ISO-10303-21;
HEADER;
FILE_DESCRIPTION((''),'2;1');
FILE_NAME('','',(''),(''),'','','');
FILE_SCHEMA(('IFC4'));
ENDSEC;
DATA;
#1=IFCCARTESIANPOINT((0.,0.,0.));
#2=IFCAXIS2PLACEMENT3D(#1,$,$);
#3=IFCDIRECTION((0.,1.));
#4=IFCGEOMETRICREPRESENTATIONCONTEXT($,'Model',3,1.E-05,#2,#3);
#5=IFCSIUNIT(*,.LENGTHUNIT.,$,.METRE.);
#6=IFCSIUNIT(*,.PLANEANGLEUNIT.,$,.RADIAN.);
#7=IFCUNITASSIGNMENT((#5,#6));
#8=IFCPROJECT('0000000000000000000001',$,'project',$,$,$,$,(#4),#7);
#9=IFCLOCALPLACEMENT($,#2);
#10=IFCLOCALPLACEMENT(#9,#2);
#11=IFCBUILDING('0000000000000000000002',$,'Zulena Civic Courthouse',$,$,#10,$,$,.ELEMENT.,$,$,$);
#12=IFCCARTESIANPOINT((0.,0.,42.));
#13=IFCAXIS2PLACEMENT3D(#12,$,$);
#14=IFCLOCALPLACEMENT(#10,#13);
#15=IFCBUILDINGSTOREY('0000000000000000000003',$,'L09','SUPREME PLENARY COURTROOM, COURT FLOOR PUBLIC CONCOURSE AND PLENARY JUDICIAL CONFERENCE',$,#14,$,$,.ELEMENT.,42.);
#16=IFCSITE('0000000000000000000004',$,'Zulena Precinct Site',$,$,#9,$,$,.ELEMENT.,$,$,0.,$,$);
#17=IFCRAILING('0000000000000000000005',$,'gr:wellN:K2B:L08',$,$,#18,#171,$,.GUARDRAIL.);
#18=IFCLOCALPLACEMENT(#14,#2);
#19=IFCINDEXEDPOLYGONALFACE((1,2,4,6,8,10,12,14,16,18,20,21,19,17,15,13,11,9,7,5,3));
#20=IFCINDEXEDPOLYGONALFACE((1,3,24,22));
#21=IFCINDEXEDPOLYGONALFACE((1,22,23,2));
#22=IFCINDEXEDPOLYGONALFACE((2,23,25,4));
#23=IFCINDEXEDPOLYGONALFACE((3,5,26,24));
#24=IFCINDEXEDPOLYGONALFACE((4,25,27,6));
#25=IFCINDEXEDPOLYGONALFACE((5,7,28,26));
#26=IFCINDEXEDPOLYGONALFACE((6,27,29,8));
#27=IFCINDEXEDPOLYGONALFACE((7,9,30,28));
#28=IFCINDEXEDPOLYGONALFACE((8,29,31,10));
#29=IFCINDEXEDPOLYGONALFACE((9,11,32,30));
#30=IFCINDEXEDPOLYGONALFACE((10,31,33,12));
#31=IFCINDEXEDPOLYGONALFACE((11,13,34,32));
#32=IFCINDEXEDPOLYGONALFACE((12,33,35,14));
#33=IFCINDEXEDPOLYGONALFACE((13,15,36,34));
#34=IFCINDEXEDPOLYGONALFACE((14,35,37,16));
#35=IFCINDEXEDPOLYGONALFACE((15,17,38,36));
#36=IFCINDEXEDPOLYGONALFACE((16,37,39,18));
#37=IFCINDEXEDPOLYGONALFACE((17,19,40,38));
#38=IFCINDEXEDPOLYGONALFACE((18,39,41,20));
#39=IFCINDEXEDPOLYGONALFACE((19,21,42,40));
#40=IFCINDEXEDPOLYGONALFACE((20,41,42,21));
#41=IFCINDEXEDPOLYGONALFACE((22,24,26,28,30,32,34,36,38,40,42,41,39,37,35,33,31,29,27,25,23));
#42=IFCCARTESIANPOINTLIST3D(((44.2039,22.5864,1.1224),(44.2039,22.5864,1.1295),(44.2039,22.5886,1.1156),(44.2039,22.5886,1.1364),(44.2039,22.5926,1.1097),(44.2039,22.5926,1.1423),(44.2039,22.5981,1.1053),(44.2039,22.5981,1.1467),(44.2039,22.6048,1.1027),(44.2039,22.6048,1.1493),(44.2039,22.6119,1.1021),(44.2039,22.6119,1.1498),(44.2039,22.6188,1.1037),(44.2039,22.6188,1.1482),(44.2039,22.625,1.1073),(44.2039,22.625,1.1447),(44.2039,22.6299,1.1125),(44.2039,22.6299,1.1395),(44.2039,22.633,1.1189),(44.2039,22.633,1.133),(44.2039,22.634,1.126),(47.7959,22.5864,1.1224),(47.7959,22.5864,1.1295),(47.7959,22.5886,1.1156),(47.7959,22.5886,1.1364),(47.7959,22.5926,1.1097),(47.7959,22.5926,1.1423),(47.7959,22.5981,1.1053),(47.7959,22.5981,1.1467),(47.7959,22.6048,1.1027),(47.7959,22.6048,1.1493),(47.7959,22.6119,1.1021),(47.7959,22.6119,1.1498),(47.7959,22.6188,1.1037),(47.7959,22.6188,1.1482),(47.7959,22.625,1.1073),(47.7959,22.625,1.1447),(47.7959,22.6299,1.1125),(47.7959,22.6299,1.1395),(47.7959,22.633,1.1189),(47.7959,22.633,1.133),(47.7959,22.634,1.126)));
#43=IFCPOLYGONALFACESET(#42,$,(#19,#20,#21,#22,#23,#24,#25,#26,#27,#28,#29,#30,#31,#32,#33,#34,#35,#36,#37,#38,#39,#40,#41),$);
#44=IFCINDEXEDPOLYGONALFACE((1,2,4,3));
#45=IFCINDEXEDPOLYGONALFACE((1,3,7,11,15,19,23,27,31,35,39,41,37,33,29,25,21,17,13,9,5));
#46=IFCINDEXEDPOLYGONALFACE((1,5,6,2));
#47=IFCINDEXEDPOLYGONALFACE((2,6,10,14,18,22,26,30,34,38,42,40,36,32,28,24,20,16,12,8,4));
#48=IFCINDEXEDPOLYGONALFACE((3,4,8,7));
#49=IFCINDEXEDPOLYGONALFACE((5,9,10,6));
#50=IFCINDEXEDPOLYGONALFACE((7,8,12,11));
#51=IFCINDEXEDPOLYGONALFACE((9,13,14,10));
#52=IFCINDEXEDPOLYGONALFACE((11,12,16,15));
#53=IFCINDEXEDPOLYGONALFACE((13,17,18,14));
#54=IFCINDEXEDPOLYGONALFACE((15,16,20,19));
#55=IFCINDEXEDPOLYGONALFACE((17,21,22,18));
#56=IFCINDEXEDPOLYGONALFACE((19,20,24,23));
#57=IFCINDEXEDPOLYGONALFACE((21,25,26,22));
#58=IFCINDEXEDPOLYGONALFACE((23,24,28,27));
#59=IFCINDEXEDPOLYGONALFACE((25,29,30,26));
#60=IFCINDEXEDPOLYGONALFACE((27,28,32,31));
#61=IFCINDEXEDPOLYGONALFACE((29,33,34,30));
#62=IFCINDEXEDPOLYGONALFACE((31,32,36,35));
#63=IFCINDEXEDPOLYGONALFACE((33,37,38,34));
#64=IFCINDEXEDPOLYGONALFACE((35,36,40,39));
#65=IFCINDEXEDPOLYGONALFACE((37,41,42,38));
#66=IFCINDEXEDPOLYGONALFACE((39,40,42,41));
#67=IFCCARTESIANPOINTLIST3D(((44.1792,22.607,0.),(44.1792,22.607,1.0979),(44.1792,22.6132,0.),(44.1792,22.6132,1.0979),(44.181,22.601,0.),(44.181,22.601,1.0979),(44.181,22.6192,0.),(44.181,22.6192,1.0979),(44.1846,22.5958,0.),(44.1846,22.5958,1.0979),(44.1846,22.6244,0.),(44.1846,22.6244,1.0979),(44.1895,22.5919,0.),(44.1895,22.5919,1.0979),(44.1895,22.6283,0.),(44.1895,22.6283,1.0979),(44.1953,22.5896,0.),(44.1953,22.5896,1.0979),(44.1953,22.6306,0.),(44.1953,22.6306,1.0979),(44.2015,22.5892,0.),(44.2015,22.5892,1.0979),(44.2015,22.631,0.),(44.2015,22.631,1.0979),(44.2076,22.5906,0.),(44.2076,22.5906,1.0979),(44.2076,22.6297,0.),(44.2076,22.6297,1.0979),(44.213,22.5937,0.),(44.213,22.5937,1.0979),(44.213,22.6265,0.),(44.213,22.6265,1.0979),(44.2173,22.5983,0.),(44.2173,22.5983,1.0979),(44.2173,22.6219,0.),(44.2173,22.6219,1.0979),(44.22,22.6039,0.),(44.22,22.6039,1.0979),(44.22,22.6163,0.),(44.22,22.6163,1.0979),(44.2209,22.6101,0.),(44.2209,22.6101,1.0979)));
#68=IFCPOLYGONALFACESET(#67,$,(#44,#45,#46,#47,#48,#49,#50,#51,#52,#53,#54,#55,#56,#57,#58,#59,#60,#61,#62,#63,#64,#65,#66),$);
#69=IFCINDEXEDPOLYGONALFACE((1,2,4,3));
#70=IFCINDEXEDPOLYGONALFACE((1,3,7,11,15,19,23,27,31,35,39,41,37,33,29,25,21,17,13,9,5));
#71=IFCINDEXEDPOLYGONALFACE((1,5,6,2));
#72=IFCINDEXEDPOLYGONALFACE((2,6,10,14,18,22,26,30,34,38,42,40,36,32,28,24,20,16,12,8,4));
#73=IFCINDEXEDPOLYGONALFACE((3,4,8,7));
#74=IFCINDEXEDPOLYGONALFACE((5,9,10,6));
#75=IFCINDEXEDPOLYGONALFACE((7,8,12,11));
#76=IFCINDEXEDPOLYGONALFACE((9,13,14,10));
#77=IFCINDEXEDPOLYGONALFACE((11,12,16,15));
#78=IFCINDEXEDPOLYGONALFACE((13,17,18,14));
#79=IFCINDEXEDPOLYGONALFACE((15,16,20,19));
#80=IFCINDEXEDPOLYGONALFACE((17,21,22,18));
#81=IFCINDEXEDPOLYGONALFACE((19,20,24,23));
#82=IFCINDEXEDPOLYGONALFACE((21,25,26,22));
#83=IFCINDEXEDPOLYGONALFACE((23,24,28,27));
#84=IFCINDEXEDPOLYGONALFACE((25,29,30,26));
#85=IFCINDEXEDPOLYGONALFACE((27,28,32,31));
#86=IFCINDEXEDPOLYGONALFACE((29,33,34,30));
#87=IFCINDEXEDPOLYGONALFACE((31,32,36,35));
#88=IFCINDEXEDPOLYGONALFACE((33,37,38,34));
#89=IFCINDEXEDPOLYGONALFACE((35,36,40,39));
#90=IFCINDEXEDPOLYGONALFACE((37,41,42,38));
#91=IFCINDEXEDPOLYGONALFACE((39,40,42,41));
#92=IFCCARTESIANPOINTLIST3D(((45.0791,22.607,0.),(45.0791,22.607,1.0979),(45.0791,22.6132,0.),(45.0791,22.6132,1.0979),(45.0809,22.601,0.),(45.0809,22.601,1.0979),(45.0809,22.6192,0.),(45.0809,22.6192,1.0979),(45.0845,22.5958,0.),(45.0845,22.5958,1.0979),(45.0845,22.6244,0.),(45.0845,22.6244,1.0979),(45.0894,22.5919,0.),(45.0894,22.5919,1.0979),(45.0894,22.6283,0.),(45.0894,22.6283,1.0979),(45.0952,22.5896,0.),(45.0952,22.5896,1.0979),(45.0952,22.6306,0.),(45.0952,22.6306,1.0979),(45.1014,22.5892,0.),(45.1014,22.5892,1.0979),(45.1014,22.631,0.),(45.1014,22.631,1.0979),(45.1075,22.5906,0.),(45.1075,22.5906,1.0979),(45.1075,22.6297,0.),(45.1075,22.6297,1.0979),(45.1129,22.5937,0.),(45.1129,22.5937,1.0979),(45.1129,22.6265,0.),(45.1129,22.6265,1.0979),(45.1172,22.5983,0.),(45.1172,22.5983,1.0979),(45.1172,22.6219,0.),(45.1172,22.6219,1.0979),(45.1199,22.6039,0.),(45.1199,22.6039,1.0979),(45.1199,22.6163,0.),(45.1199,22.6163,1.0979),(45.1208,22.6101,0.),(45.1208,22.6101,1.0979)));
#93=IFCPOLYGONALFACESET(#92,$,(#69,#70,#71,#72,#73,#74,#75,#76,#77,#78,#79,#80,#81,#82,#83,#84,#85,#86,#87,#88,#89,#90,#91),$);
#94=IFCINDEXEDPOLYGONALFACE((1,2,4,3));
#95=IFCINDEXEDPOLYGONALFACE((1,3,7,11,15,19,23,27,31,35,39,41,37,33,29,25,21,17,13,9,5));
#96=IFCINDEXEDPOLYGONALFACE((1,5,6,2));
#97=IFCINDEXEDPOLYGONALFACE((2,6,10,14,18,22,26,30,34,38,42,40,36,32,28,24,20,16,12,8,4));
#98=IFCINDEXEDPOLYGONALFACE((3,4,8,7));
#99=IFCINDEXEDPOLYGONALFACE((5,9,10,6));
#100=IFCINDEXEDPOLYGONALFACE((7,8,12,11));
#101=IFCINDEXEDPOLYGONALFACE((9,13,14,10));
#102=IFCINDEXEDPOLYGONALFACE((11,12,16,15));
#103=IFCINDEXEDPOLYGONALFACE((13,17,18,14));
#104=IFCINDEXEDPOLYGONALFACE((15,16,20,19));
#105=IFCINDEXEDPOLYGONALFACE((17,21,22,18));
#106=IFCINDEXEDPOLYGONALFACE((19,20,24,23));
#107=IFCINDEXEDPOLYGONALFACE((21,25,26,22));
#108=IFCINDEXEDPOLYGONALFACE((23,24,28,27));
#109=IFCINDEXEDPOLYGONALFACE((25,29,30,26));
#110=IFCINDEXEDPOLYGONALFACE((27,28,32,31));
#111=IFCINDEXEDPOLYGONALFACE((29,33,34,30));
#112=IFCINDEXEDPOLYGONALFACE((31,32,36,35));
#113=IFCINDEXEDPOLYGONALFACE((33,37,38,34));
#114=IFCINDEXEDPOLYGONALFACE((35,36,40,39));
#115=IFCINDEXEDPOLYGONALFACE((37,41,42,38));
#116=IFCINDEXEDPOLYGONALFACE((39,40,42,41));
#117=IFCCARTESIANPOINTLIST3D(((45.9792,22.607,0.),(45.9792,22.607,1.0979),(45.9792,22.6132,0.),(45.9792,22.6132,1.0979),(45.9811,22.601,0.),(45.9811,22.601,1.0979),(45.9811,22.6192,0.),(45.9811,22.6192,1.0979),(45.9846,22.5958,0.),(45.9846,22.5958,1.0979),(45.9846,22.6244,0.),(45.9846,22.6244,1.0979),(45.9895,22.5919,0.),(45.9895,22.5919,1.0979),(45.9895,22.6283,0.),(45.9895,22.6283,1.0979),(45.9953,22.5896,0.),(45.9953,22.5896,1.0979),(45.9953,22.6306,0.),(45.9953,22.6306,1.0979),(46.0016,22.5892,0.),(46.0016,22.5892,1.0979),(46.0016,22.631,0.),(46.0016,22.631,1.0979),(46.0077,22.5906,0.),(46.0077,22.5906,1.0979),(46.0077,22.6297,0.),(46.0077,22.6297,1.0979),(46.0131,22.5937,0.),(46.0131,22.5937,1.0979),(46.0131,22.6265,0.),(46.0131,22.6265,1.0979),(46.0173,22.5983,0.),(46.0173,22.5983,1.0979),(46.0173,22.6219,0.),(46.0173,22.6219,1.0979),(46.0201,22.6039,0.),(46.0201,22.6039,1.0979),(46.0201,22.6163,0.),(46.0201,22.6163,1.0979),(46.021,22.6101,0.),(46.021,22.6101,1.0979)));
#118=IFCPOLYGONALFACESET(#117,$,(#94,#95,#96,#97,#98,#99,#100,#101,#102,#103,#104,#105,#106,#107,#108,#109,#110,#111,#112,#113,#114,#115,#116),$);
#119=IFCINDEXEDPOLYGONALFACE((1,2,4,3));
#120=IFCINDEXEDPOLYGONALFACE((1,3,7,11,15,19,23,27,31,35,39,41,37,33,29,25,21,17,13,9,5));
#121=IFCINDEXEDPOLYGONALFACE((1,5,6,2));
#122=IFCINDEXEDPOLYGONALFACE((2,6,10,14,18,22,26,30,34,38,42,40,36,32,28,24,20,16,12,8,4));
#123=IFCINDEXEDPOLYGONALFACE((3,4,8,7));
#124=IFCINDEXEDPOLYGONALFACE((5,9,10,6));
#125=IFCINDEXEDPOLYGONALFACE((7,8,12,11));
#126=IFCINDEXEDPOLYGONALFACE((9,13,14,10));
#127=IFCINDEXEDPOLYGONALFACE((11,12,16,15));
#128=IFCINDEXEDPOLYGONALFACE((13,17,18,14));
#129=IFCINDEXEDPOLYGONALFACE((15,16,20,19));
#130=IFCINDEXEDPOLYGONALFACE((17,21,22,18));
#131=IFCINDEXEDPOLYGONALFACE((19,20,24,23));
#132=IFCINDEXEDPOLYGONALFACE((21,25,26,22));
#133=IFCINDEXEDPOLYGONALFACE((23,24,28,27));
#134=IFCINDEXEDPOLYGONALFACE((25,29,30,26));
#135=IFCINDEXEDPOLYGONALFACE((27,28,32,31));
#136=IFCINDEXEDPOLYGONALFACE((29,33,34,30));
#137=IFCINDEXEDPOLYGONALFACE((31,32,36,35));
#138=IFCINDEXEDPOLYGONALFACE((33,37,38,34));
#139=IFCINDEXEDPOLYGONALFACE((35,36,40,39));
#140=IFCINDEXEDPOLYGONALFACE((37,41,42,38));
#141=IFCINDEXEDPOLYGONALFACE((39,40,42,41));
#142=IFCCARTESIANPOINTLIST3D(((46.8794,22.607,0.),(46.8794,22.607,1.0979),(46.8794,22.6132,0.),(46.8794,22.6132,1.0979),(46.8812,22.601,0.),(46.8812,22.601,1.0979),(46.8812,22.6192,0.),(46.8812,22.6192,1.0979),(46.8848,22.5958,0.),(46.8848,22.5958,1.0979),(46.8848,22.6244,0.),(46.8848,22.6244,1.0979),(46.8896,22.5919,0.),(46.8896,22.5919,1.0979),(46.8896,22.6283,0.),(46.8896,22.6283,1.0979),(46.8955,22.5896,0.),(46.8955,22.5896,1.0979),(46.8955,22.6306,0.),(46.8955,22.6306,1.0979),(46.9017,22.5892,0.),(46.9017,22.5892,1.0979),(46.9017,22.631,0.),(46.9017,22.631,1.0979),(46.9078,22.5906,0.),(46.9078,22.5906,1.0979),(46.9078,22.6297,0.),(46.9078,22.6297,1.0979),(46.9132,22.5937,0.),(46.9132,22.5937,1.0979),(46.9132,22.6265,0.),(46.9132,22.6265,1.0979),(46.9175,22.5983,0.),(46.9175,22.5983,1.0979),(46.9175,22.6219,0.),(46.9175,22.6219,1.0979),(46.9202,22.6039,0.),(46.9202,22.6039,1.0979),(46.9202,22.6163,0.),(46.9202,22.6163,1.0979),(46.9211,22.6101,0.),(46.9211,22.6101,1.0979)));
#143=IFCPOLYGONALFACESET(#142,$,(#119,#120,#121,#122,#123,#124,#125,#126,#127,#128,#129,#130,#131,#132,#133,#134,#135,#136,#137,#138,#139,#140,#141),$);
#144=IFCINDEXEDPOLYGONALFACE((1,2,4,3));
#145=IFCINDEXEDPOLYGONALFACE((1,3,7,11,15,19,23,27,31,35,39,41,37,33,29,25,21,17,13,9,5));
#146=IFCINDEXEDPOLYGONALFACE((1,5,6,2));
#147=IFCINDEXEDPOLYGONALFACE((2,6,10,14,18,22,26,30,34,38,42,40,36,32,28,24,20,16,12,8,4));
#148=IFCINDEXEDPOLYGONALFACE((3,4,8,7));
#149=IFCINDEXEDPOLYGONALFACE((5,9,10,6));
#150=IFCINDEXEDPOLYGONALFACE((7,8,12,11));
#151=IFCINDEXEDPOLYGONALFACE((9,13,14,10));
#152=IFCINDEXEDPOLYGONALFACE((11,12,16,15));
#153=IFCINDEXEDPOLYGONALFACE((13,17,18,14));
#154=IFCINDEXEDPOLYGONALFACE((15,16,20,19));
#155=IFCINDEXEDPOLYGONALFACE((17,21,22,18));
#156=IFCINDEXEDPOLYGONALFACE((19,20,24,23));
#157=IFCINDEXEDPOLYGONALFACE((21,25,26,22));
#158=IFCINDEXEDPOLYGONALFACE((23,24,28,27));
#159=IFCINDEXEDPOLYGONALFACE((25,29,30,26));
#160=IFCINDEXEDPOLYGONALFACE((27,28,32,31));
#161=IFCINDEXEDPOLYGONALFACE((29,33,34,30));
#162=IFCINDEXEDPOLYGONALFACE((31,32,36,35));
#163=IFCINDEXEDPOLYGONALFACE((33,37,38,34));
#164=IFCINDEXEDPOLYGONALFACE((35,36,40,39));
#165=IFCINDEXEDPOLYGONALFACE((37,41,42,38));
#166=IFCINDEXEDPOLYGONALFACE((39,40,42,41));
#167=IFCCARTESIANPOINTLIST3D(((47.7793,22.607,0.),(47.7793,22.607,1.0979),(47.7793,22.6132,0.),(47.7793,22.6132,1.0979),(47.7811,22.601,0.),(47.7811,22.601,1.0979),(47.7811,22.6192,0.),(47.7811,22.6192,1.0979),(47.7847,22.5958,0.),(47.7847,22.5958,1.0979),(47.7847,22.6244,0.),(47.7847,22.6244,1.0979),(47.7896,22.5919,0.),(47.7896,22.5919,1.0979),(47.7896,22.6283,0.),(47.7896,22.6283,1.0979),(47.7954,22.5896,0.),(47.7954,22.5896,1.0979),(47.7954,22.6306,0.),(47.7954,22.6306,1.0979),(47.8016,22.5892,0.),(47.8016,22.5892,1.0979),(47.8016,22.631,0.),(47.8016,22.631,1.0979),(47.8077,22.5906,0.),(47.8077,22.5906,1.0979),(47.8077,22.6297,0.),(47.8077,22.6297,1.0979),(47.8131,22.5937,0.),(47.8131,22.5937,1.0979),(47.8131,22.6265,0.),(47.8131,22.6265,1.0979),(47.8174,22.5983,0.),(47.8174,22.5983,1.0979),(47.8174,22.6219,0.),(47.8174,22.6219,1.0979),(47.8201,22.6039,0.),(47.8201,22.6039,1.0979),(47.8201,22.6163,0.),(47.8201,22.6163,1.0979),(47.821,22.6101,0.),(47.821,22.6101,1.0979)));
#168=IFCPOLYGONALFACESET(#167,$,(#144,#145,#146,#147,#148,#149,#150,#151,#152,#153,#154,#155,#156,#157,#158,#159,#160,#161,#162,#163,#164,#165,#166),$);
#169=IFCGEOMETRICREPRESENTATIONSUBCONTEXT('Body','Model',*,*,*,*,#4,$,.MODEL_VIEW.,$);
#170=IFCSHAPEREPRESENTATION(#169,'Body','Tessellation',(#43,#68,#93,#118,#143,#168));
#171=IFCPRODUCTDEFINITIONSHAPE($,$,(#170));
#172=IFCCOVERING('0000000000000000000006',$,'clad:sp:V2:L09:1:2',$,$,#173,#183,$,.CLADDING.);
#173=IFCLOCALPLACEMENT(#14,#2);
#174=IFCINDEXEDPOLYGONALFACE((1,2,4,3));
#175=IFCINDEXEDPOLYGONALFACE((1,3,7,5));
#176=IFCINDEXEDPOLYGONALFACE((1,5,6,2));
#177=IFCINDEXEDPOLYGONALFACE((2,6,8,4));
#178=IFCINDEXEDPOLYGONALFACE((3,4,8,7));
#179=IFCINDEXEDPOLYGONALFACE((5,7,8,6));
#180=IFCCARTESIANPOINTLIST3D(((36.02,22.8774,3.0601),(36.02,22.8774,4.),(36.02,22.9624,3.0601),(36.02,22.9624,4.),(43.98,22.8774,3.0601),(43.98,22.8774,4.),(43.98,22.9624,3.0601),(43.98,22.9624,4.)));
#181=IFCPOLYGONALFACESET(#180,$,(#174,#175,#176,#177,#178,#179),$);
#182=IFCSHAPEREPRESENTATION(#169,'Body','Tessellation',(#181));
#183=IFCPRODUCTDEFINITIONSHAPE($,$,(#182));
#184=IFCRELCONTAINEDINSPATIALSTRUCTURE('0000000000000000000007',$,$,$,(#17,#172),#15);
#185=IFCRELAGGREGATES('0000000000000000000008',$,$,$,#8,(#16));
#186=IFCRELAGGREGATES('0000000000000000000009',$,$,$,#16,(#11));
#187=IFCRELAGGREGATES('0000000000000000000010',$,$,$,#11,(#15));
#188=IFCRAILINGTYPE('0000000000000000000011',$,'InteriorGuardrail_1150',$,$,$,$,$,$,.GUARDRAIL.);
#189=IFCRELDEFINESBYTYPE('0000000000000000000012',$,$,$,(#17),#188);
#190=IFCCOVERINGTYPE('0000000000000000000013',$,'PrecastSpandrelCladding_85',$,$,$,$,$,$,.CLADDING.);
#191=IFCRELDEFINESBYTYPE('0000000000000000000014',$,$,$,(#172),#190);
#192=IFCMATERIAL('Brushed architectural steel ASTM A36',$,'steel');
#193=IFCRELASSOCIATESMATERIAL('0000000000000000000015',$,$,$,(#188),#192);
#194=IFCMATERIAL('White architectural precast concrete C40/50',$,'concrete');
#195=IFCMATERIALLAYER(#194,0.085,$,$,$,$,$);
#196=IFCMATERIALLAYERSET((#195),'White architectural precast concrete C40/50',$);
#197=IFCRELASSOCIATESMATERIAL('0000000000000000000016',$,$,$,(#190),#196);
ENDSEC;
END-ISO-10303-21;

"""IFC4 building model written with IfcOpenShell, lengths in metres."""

from ifc_helpers import new_model, si_unit, direction, frame, origin, origin_2d, place, context, subcontext, project, spatial, rectangle, circle, extrude, material, layer, layer_set, type_object, element, save


model = new_model("IFC4")

# Units and contexts
model_context = context("Model", 3, precision=1e-05, world=origin(), true_north=direction((0.0, 1.0)))
body_context = subcontext(model_context, "Body", "Model", "MODEL_VIEW")
ifc_project = project(units=[si_unit("LENGTHUNIT", "METRE"), si_unit("PLANEANGLEUNIT", "RADIAN")], contexts=[model_context])

# Site, building, storey
site_placement = place(None, origin())
site = spatial("IfcSite", under=ifc_project, at=site_placement, Name="Zulena Precinct Site", CompositionType="ELEMENT", RefElevation=0.0)
building_placement = place(site_placement, origin())
building = spatial("IfcBuilding", under=site, at=building_placement, Name="Zulena Civic Courthouse", CompositionType="ELEMENT")
storey_placement = place(building_placement, frame((0.0, 0.0, 42.0)))
storey = spatial("IfcBuildingStorey", under=building, at=storey_placement, Name="L09", Description="SUPREME PLENARY COURTROOM, COURT FLOOR PUBLIC CONCOURSE AND PLENARY JUDICIAL CONFERENCE", CompositionType="ELEMENT", Elevation=42.0)

# Railing
ifc_material_1 = material(Name="Brushed architectural steel ASTM A36", Category="steel")
railing_type = type_object("IfcRailingType", Name="InteriorGuardrail_1150", PredefinedType="GUARDRAIL", material=ifc_material_1)
railing_1_placement = place(storey_placement, frame((44.2, 22.6101, 0.0)))
element("IfcRailing", 1, at=railing_1_placement, inside=storey, type_object=railing_type, Name="gr:wellN:K2B:L08", PredefinedType="GUARDRAIL", context=body_context, shape_type="SweptSolid", body=[
    extrude(circle(Radius=0.0239, at=origin_2d()), frame((0.0039, 0.0, 1.126), z_axis=(1.0, 0.0, 0.0), x_axis=(0.0, 1.0, 0.0)), (0.0, 0.0, 1.0), 3.592),
    extrude(circle(Radius=0.021, at=origin_2d()), origin(), (0.0, 0.0, 1.0), 1.0979),
    extrude(circle(Radius=0.021, at=origin_2d()), frame((0.8999, 0.0, 0.0)), (0.0, 0.0, 1.0), 1.0979),
    extrude(circle(Radius=0.021, at=origin_2d()), frame((1.8, 0.0, 0.0)), (0.0, 0.0, 1.0), 1.0979),
    extrude(circle(Radius=0.021, at=origin_2d()), frame((2.7002, 0.0, 0.0)), (0.0, 0.0, 1.0), 1.0979),
    extrude(circle(Radius=0.021, at=origin_2d()), frame((3.6001, 0.0, 0.0)), (0.0, 0.0, 1.0), 1.0979),
])

# Covering
ifc_material_2 = material(Name="White architectural precast concrete C40/50", Category="concrete")
ifc_layer_1 = layer(ifc_material_2, 0.085)
ifc_layer_set_1 = layer_set([ifc_layer_1], Name="White architectural precast concrete C40/50")
covering_type = type_object("IfcCoveringType", Name="PrecastSpandrelCladding_85", PredefinedType="CLADDING", material=ifc_layer_set_1)
covering_placement = place(storey_placement, frame((40.0, 22.9199, 3.0601), z_axis=(0.0, 0.0, 1.0), x_axis=(1.0, 0.0, 0.0)))
element("IfcCovering", 2, at=covering_placement, inside=storey, type_object=covering_type, Name="clad:sp:V2:L09:1:2", PredefinedType="CLADDING", context=body_context, shape_type="SweptSolid", body=[
    extrude(rectangle(XDim=7.96, YDim=0.085, at=origin_2d()), origin(), (0.0, 0.0, 1.0), 0.9399),
])

save(model, "model.ifc")
